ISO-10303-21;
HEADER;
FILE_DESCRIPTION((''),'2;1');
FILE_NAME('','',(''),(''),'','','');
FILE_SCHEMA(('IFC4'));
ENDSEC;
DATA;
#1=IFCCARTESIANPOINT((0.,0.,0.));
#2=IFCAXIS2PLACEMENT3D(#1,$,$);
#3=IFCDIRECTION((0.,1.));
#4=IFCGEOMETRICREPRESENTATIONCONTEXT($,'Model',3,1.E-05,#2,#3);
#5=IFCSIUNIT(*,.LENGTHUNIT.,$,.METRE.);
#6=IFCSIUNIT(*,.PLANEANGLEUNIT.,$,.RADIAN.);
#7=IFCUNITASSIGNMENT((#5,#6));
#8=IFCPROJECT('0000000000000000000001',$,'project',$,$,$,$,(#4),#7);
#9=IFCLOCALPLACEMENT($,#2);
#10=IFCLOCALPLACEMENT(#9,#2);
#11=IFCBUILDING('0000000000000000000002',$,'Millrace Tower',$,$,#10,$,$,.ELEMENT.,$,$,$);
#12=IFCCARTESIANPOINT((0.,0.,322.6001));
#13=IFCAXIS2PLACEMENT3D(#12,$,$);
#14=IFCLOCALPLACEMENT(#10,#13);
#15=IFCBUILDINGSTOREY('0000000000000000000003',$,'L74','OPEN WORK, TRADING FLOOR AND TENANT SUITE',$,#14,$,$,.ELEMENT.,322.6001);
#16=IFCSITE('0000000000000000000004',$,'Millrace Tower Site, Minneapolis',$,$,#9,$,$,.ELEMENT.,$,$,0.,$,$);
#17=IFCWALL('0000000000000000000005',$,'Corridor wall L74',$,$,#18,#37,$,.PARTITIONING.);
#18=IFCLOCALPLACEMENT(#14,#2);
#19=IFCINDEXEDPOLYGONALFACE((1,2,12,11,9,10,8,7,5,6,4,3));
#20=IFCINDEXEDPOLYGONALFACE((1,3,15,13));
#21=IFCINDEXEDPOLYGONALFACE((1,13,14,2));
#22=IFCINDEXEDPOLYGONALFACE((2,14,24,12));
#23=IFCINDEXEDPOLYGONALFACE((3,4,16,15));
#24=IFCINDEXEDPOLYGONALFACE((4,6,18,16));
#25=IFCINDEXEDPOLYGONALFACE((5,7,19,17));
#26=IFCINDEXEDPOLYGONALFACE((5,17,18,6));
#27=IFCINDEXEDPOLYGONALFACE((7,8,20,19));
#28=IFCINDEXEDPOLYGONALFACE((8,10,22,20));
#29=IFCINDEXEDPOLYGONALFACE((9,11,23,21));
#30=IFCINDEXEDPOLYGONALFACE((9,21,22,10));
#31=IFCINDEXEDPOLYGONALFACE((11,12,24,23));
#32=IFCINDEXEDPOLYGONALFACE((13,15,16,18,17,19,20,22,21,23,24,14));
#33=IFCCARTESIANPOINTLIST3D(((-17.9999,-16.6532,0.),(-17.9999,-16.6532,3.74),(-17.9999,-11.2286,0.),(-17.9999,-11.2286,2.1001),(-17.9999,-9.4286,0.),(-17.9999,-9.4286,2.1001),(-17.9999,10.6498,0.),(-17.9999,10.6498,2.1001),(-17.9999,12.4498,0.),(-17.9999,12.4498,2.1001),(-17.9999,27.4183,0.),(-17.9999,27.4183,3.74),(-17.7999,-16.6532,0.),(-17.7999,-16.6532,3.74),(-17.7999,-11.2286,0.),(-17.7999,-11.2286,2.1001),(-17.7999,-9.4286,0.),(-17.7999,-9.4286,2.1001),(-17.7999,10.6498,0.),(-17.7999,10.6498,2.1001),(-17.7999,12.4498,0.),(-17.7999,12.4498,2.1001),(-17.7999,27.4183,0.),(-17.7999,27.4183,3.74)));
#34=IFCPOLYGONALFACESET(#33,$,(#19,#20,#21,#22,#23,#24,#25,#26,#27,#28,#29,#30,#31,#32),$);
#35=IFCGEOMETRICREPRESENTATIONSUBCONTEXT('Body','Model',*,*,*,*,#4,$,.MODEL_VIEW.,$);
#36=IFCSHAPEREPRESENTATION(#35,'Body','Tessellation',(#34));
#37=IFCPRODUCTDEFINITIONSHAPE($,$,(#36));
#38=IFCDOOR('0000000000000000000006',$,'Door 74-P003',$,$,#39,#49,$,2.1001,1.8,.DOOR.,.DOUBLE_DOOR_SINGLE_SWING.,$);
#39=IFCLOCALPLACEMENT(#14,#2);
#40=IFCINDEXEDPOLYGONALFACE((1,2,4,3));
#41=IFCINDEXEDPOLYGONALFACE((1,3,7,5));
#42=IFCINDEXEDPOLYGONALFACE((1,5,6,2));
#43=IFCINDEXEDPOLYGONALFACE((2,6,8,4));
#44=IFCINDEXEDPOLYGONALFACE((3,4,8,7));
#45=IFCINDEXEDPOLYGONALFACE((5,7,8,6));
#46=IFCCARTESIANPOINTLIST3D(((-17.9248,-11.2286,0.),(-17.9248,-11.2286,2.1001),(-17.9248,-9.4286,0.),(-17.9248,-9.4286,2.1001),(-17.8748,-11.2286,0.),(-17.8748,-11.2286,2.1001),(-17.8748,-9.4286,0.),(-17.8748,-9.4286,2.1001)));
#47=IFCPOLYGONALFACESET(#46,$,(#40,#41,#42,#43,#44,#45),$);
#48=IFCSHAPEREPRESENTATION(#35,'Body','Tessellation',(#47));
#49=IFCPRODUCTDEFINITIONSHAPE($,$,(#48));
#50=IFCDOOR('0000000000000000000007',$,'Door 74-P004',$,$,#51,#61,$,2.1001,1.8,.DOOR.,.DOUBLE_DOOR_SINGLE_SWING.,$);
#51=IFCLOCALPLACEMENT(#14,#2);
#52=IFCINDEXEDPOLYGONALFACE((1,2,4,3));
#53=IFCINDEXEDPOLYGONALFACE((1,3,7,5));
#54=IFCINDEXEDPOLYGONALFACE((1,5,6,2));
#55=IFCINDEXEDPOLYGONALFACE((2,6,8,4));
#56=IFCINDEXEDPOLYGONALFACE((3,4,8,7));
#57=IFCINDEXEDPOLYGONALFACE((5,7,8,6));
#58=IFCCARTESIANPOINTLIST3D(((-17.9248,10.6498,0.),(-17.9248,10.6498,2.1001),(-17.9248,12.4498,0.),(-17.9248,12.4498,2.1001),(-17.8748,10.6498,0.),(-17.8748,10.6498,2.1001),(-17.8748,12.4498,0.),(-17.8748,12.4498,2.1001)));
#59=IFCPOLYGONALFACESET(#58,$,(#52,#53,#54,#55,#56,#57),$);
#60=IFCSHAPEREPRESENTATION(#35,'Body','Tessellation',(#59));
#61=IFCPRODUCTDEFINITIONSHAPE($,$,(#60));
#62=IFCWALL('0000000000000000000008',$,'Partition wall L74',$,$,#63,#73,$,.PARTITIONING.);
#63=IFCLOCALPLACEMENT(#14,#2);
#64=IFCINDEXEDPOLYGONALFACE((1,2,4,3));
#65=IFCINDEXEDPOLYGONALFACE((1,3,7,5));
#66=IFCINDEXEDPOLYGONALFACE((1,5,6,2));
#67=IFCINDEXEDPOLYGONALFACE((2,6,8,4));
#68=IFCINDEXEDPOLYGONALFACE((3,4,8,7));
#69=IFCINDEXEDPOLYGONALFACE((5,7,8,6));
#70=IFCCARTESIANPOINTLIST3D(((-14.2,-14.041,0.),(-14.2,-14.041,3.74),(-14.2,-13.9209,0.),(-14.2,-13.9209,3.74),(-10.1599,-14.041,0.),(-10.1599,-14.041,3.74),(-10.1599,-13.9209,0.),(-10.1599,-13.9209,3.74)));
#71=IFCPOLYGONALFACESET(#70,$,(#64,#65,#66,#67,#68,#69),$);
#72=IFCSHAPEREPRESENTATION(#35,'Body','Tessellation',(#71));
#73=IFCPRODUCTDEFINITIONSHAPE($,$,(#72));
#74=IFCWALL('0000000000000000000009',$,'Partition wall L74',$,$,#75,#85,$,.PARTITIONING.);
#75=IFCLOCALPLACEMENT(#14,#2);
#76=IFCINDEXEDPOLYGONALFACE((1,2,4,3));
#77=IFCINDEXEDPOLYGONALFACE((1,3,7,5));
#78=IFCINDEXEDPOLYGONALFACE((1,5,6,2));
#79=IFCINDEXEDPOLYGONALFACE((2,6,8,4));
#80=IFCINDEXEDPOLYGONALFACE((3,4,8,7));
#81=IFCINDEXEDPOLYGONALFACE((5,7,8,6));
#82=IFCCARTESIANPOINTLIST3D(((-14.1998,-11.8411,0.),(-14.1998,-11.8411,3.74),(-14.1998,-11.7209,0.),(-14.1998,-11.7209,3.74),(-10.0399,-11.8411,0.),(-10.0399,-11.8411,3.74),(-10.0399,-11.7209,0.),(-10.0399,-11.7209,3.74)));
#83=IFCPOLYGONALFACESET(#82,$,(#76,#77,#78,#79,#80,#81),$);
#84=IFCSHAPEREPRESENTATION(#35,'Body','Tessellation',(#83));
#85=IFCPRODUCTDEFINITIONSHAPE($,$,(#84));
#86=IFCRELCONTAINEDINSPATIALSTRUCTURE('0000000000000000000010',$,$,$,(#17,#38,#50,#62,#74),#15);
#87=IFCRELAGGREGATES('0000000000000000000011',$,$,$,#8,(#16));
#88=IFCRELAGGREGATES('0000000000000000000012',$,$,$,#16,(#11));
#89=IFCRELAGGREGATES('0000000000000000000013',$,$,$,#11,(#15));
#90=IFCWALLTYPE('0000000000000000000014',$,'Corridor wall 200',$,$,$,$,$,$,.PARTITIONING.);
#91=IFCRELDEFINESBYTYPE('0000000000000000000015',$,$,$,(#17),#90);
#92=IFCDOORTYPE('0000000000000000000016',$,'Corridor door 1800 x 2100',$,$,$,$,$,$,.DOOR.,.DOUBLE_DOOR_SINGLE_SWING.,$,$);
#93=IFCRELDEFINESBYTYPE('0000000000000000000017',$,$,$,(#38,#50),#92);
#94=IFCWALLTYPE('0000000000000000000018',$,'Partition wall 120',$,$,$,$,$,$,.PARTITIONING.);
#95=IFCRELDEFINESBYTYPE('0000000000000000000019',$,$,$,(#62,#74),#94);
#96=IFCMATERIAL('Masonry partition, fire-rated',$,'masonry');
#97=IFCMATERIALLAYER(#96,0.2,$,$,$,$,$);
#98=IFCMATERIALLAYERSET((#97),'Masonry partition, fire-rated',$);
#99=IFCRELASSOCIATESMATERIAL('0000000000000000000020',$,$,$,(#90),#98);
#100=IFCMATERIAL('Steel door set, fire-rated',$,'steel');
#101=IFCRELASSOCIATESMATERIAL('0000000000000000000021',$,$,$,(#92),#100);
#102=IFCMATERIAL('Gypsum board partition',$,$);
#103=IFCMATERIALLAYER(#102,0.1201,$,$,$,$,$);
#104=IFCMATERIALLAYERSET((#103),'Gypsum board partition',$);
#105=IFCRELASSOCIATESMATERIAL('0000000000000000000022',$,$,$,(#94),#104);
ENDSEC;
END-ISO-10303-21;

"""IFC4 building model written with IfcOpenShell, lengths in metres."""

from ifc_helpers import new_model, si_unit, direction, frame, frame_2d, origin, place, context, subcontext, project, spatial, rectangle, extrude, material, layer, layer_set, type_object, element, fill, save


model = new_model("IFC4")

# Units and contexts
model_context = context("Model", 3, precision=1e-05, world=origin(), true_north=direction((0.0, 1.0)))
body_context = subcontext(model_context, "Body", "Model", "MODEL_VIEW")
ifc_project = project(units=[si_unit("LENGTHUNIT", "METRE"), si_unit("PLANEANGLEUNIT", "RADIAN")], contexts=[model_context])

# Site, building, storey
site_placement = place(None, origin())
site = spatial("IfcSite", under=ifc_project, at=site_placement, Name="Millrace Tower Site, Minneapolis", CompositionType="ELEMENT", RefElevation=0.0)
building_placement = place(site_placement, origin())
building = spatial("IfcBuilding", under=site, at=building_placement, Name="Millrace Tower", CompositionType="ELEMENT")
storey_placement = place(building_placement, frame((0.0, 0.0, 322.6001)))
storey = spatial("IfcBuildingStorey", under=building, at=storey_placement, Name="L74", Description="OPEN WORK, TRADING FLOOR AND TENANT SUITE", CompositionType="ELEMENT", Elevation=322.6001)

# Shared definitions
ifc_material_1 = material(Name="Masonry partition, fire-rated", Category="masonry")
ifc_layer_1 = layer(ifc_material_1, 0.2)
ifc_layer_set_1 = layer_set([ifc_layer_1], Name="Masonry partition, fire-rated")
wall_type_1 = type_object("IfcWallType", Name="Corridor wall 200", PredefinedType="PARTITIONING", material=ifc_layer_set_1)

# Wall, openings, doors
wall_1_placement = place(storey_placement, frame((-17.8999, -16.6531, 0.0), z_axis=(0.0, 0.0, 1.0), x_axis=(0.0, 1.0, 0.0)))
wall_1 = element("IfcWall", 1, at=wall_1_placement, inside=storey, type_object=wall_type_1, Name="Corridor wall L74", PredefinedType="PARTITIONING", context=body_context, shape_type="SweptSolid", body=[
    extrude(rectangle(XDim=44.0715, YDim=0.2, at=frame_2d((22.0356, 0.0))), origin(), (0.0, 0.0, 1.0), 3.74),
])
opening_1_placement = place(wall_1_placement, frame((5.4246, 0.0, 0.0)))
opening_1 = element("IfcOpeningElement", 2, at=opening_1_placement, cuts=wall_1, PredefinedType="OPENING", context=body_context, shape_type="SweptSolid", body=[
    extrude(rectangle(XDim=1.8, YDim=2.1001, at=frame_2d((0.8999, 1.05))), frame((0.0, 0.1099, 0.0), z_axis=(0.0, -1.0, 0.0), x_axis=(1.0, 0.0, 0.0)), (0.0, 0.0, 1.0), 0.22),
])
opening_2_placement = place(wall_1_placement, frame((27.303, 0.0, 0.0)))
opening_2 = element("IfcOpeningElement", 3, at=opening_2_placement, cuts=wall_1, PredefinedType="OPENING", context=body_context, shape_type="SweptSolid", body=[
    extrude(rectangle(XDim=1.8, YDim=2.1001, at=frame_2d((0.8999, 1.05))), frame((0.0, 0.1099, 0.0), z_axis=(0.0, -1.0, 0.0), x_axis=(1.0, 0.0, 0.0)), (0.0, 0.0, 1.0), 0.22),
])
ifc_material_2 = material(Name="Steel door set, fire-rated", Category="steel")
door_type_1 = type_object("IfcDoorType", Name="Corridor door 1800 x 2100", OperationType="DOUBLE_DOOR_SINGLE_SWING", PredefinedType="DOOR", material=ifc_material_2)
door_1_placement = place(opening_1_placement, origin())
door_1 = element("IfcDoor", 4, at=door_1_placement, inside=storey, type_object=door_type_1, Name="Door 74-P003", OperationType="DOUBLE_DOOR_SINGLE_SWING", OverallHeight=2.1001, OverallWidth=1.8, PredefinedType="DOOR", context=body_context, shape_type="SweptSolid", body=[
    extrude(rectangle(XDim=1.8, YDim=2.1001, at=frame_2d((0.8999, 1.05))), frame((0.0, 0.0249, 0.0), z_axis=(0.0, -1.0, 0.0), x_axis=(1.0, 0.0, 0.0)), (0.0, 0.0, 1.0), 0.05),
])
fill(opening_1, door_1)
door_2_placement = place(opening_2_placement, origin())
door_2 = element("IfcDoor", 5, at=door_2_placement, inside=storey, type_object=door_type_1, Name="Door 74-P004", OperationType="DOUBLE_DOOR_SINGLE_SWING", OverallHeight=2.1001, OverallWidth=1.8, PredefinedType="DOOR", context=body_context, shape_type="SweptSolid", body=[
    extrude(rectangle(XDim=1.8, YDim=2.1001, at=frame_2d((0.8999, 1.05))), frame((0.0, 0.0249, 0.0), z_axis=(0.0, -1.0, 0.0), x_axis=(1.0, 0.0, 0.0)), (0.0, 0.0, 1.0), 0.05),
])
fill(opening_2, door_2)

# Walls
ifc_material_3 = material(Name="Gypsum board partition")
ifc_layer_2 = layer(ifc_material_3, 0.1201)
ifc_layer_set_2 = layer_set([ifc_layer_2], Name="Gypsum board partition")
wall_type_2 = type_object("IfcWallType", Name="Partition wall 120", PredefinedType="PARTITIONING", material=ifc_layer_set_2)
wall_2_placement = place(storey_placement, frame((-14.2, -13.981, 0.0), z_axis=(0.0, 0.0, 1.0), x_axis=(1.0, 0.0, 0.0)))
element("IfcWall", 6, at=wall_2_placement, inside=storey, type_object=wall_type_2, Name="Partition wall L74", PredefinedType="PARTITIONING", context=body_context, shape_type="SweptSolid", body=[
    extrude(rectangle(XDim=4.04, YDim=0.1201, at=frame_2d((2.02, 0.0))), origin(), (0.0, 0.0, 1.0), 3.74),
])
wall_3_placement = place(storey_placement, frame((-14.2, -11.781, 0.0), z_axis=(0.0, 0.0, 1.0), x_axis=(1.0, 0.0, 0.0)))
element("IfcWall", 7, at=wall_3_placement, inside=storey, type_object=wall_type_2, Name="Partition wall L74", PredefinedType="PARTITIONING", context=body_context, shape_type="SweptSolid", body=[
    extrude(rectangle(XDim=4.1599, YDim=0.1201, at=frame_2d((2.0801, 0.0))), origin(), (0.0, 0.0, 1.0), 3.74),
])

save(model, "model.ifc")
